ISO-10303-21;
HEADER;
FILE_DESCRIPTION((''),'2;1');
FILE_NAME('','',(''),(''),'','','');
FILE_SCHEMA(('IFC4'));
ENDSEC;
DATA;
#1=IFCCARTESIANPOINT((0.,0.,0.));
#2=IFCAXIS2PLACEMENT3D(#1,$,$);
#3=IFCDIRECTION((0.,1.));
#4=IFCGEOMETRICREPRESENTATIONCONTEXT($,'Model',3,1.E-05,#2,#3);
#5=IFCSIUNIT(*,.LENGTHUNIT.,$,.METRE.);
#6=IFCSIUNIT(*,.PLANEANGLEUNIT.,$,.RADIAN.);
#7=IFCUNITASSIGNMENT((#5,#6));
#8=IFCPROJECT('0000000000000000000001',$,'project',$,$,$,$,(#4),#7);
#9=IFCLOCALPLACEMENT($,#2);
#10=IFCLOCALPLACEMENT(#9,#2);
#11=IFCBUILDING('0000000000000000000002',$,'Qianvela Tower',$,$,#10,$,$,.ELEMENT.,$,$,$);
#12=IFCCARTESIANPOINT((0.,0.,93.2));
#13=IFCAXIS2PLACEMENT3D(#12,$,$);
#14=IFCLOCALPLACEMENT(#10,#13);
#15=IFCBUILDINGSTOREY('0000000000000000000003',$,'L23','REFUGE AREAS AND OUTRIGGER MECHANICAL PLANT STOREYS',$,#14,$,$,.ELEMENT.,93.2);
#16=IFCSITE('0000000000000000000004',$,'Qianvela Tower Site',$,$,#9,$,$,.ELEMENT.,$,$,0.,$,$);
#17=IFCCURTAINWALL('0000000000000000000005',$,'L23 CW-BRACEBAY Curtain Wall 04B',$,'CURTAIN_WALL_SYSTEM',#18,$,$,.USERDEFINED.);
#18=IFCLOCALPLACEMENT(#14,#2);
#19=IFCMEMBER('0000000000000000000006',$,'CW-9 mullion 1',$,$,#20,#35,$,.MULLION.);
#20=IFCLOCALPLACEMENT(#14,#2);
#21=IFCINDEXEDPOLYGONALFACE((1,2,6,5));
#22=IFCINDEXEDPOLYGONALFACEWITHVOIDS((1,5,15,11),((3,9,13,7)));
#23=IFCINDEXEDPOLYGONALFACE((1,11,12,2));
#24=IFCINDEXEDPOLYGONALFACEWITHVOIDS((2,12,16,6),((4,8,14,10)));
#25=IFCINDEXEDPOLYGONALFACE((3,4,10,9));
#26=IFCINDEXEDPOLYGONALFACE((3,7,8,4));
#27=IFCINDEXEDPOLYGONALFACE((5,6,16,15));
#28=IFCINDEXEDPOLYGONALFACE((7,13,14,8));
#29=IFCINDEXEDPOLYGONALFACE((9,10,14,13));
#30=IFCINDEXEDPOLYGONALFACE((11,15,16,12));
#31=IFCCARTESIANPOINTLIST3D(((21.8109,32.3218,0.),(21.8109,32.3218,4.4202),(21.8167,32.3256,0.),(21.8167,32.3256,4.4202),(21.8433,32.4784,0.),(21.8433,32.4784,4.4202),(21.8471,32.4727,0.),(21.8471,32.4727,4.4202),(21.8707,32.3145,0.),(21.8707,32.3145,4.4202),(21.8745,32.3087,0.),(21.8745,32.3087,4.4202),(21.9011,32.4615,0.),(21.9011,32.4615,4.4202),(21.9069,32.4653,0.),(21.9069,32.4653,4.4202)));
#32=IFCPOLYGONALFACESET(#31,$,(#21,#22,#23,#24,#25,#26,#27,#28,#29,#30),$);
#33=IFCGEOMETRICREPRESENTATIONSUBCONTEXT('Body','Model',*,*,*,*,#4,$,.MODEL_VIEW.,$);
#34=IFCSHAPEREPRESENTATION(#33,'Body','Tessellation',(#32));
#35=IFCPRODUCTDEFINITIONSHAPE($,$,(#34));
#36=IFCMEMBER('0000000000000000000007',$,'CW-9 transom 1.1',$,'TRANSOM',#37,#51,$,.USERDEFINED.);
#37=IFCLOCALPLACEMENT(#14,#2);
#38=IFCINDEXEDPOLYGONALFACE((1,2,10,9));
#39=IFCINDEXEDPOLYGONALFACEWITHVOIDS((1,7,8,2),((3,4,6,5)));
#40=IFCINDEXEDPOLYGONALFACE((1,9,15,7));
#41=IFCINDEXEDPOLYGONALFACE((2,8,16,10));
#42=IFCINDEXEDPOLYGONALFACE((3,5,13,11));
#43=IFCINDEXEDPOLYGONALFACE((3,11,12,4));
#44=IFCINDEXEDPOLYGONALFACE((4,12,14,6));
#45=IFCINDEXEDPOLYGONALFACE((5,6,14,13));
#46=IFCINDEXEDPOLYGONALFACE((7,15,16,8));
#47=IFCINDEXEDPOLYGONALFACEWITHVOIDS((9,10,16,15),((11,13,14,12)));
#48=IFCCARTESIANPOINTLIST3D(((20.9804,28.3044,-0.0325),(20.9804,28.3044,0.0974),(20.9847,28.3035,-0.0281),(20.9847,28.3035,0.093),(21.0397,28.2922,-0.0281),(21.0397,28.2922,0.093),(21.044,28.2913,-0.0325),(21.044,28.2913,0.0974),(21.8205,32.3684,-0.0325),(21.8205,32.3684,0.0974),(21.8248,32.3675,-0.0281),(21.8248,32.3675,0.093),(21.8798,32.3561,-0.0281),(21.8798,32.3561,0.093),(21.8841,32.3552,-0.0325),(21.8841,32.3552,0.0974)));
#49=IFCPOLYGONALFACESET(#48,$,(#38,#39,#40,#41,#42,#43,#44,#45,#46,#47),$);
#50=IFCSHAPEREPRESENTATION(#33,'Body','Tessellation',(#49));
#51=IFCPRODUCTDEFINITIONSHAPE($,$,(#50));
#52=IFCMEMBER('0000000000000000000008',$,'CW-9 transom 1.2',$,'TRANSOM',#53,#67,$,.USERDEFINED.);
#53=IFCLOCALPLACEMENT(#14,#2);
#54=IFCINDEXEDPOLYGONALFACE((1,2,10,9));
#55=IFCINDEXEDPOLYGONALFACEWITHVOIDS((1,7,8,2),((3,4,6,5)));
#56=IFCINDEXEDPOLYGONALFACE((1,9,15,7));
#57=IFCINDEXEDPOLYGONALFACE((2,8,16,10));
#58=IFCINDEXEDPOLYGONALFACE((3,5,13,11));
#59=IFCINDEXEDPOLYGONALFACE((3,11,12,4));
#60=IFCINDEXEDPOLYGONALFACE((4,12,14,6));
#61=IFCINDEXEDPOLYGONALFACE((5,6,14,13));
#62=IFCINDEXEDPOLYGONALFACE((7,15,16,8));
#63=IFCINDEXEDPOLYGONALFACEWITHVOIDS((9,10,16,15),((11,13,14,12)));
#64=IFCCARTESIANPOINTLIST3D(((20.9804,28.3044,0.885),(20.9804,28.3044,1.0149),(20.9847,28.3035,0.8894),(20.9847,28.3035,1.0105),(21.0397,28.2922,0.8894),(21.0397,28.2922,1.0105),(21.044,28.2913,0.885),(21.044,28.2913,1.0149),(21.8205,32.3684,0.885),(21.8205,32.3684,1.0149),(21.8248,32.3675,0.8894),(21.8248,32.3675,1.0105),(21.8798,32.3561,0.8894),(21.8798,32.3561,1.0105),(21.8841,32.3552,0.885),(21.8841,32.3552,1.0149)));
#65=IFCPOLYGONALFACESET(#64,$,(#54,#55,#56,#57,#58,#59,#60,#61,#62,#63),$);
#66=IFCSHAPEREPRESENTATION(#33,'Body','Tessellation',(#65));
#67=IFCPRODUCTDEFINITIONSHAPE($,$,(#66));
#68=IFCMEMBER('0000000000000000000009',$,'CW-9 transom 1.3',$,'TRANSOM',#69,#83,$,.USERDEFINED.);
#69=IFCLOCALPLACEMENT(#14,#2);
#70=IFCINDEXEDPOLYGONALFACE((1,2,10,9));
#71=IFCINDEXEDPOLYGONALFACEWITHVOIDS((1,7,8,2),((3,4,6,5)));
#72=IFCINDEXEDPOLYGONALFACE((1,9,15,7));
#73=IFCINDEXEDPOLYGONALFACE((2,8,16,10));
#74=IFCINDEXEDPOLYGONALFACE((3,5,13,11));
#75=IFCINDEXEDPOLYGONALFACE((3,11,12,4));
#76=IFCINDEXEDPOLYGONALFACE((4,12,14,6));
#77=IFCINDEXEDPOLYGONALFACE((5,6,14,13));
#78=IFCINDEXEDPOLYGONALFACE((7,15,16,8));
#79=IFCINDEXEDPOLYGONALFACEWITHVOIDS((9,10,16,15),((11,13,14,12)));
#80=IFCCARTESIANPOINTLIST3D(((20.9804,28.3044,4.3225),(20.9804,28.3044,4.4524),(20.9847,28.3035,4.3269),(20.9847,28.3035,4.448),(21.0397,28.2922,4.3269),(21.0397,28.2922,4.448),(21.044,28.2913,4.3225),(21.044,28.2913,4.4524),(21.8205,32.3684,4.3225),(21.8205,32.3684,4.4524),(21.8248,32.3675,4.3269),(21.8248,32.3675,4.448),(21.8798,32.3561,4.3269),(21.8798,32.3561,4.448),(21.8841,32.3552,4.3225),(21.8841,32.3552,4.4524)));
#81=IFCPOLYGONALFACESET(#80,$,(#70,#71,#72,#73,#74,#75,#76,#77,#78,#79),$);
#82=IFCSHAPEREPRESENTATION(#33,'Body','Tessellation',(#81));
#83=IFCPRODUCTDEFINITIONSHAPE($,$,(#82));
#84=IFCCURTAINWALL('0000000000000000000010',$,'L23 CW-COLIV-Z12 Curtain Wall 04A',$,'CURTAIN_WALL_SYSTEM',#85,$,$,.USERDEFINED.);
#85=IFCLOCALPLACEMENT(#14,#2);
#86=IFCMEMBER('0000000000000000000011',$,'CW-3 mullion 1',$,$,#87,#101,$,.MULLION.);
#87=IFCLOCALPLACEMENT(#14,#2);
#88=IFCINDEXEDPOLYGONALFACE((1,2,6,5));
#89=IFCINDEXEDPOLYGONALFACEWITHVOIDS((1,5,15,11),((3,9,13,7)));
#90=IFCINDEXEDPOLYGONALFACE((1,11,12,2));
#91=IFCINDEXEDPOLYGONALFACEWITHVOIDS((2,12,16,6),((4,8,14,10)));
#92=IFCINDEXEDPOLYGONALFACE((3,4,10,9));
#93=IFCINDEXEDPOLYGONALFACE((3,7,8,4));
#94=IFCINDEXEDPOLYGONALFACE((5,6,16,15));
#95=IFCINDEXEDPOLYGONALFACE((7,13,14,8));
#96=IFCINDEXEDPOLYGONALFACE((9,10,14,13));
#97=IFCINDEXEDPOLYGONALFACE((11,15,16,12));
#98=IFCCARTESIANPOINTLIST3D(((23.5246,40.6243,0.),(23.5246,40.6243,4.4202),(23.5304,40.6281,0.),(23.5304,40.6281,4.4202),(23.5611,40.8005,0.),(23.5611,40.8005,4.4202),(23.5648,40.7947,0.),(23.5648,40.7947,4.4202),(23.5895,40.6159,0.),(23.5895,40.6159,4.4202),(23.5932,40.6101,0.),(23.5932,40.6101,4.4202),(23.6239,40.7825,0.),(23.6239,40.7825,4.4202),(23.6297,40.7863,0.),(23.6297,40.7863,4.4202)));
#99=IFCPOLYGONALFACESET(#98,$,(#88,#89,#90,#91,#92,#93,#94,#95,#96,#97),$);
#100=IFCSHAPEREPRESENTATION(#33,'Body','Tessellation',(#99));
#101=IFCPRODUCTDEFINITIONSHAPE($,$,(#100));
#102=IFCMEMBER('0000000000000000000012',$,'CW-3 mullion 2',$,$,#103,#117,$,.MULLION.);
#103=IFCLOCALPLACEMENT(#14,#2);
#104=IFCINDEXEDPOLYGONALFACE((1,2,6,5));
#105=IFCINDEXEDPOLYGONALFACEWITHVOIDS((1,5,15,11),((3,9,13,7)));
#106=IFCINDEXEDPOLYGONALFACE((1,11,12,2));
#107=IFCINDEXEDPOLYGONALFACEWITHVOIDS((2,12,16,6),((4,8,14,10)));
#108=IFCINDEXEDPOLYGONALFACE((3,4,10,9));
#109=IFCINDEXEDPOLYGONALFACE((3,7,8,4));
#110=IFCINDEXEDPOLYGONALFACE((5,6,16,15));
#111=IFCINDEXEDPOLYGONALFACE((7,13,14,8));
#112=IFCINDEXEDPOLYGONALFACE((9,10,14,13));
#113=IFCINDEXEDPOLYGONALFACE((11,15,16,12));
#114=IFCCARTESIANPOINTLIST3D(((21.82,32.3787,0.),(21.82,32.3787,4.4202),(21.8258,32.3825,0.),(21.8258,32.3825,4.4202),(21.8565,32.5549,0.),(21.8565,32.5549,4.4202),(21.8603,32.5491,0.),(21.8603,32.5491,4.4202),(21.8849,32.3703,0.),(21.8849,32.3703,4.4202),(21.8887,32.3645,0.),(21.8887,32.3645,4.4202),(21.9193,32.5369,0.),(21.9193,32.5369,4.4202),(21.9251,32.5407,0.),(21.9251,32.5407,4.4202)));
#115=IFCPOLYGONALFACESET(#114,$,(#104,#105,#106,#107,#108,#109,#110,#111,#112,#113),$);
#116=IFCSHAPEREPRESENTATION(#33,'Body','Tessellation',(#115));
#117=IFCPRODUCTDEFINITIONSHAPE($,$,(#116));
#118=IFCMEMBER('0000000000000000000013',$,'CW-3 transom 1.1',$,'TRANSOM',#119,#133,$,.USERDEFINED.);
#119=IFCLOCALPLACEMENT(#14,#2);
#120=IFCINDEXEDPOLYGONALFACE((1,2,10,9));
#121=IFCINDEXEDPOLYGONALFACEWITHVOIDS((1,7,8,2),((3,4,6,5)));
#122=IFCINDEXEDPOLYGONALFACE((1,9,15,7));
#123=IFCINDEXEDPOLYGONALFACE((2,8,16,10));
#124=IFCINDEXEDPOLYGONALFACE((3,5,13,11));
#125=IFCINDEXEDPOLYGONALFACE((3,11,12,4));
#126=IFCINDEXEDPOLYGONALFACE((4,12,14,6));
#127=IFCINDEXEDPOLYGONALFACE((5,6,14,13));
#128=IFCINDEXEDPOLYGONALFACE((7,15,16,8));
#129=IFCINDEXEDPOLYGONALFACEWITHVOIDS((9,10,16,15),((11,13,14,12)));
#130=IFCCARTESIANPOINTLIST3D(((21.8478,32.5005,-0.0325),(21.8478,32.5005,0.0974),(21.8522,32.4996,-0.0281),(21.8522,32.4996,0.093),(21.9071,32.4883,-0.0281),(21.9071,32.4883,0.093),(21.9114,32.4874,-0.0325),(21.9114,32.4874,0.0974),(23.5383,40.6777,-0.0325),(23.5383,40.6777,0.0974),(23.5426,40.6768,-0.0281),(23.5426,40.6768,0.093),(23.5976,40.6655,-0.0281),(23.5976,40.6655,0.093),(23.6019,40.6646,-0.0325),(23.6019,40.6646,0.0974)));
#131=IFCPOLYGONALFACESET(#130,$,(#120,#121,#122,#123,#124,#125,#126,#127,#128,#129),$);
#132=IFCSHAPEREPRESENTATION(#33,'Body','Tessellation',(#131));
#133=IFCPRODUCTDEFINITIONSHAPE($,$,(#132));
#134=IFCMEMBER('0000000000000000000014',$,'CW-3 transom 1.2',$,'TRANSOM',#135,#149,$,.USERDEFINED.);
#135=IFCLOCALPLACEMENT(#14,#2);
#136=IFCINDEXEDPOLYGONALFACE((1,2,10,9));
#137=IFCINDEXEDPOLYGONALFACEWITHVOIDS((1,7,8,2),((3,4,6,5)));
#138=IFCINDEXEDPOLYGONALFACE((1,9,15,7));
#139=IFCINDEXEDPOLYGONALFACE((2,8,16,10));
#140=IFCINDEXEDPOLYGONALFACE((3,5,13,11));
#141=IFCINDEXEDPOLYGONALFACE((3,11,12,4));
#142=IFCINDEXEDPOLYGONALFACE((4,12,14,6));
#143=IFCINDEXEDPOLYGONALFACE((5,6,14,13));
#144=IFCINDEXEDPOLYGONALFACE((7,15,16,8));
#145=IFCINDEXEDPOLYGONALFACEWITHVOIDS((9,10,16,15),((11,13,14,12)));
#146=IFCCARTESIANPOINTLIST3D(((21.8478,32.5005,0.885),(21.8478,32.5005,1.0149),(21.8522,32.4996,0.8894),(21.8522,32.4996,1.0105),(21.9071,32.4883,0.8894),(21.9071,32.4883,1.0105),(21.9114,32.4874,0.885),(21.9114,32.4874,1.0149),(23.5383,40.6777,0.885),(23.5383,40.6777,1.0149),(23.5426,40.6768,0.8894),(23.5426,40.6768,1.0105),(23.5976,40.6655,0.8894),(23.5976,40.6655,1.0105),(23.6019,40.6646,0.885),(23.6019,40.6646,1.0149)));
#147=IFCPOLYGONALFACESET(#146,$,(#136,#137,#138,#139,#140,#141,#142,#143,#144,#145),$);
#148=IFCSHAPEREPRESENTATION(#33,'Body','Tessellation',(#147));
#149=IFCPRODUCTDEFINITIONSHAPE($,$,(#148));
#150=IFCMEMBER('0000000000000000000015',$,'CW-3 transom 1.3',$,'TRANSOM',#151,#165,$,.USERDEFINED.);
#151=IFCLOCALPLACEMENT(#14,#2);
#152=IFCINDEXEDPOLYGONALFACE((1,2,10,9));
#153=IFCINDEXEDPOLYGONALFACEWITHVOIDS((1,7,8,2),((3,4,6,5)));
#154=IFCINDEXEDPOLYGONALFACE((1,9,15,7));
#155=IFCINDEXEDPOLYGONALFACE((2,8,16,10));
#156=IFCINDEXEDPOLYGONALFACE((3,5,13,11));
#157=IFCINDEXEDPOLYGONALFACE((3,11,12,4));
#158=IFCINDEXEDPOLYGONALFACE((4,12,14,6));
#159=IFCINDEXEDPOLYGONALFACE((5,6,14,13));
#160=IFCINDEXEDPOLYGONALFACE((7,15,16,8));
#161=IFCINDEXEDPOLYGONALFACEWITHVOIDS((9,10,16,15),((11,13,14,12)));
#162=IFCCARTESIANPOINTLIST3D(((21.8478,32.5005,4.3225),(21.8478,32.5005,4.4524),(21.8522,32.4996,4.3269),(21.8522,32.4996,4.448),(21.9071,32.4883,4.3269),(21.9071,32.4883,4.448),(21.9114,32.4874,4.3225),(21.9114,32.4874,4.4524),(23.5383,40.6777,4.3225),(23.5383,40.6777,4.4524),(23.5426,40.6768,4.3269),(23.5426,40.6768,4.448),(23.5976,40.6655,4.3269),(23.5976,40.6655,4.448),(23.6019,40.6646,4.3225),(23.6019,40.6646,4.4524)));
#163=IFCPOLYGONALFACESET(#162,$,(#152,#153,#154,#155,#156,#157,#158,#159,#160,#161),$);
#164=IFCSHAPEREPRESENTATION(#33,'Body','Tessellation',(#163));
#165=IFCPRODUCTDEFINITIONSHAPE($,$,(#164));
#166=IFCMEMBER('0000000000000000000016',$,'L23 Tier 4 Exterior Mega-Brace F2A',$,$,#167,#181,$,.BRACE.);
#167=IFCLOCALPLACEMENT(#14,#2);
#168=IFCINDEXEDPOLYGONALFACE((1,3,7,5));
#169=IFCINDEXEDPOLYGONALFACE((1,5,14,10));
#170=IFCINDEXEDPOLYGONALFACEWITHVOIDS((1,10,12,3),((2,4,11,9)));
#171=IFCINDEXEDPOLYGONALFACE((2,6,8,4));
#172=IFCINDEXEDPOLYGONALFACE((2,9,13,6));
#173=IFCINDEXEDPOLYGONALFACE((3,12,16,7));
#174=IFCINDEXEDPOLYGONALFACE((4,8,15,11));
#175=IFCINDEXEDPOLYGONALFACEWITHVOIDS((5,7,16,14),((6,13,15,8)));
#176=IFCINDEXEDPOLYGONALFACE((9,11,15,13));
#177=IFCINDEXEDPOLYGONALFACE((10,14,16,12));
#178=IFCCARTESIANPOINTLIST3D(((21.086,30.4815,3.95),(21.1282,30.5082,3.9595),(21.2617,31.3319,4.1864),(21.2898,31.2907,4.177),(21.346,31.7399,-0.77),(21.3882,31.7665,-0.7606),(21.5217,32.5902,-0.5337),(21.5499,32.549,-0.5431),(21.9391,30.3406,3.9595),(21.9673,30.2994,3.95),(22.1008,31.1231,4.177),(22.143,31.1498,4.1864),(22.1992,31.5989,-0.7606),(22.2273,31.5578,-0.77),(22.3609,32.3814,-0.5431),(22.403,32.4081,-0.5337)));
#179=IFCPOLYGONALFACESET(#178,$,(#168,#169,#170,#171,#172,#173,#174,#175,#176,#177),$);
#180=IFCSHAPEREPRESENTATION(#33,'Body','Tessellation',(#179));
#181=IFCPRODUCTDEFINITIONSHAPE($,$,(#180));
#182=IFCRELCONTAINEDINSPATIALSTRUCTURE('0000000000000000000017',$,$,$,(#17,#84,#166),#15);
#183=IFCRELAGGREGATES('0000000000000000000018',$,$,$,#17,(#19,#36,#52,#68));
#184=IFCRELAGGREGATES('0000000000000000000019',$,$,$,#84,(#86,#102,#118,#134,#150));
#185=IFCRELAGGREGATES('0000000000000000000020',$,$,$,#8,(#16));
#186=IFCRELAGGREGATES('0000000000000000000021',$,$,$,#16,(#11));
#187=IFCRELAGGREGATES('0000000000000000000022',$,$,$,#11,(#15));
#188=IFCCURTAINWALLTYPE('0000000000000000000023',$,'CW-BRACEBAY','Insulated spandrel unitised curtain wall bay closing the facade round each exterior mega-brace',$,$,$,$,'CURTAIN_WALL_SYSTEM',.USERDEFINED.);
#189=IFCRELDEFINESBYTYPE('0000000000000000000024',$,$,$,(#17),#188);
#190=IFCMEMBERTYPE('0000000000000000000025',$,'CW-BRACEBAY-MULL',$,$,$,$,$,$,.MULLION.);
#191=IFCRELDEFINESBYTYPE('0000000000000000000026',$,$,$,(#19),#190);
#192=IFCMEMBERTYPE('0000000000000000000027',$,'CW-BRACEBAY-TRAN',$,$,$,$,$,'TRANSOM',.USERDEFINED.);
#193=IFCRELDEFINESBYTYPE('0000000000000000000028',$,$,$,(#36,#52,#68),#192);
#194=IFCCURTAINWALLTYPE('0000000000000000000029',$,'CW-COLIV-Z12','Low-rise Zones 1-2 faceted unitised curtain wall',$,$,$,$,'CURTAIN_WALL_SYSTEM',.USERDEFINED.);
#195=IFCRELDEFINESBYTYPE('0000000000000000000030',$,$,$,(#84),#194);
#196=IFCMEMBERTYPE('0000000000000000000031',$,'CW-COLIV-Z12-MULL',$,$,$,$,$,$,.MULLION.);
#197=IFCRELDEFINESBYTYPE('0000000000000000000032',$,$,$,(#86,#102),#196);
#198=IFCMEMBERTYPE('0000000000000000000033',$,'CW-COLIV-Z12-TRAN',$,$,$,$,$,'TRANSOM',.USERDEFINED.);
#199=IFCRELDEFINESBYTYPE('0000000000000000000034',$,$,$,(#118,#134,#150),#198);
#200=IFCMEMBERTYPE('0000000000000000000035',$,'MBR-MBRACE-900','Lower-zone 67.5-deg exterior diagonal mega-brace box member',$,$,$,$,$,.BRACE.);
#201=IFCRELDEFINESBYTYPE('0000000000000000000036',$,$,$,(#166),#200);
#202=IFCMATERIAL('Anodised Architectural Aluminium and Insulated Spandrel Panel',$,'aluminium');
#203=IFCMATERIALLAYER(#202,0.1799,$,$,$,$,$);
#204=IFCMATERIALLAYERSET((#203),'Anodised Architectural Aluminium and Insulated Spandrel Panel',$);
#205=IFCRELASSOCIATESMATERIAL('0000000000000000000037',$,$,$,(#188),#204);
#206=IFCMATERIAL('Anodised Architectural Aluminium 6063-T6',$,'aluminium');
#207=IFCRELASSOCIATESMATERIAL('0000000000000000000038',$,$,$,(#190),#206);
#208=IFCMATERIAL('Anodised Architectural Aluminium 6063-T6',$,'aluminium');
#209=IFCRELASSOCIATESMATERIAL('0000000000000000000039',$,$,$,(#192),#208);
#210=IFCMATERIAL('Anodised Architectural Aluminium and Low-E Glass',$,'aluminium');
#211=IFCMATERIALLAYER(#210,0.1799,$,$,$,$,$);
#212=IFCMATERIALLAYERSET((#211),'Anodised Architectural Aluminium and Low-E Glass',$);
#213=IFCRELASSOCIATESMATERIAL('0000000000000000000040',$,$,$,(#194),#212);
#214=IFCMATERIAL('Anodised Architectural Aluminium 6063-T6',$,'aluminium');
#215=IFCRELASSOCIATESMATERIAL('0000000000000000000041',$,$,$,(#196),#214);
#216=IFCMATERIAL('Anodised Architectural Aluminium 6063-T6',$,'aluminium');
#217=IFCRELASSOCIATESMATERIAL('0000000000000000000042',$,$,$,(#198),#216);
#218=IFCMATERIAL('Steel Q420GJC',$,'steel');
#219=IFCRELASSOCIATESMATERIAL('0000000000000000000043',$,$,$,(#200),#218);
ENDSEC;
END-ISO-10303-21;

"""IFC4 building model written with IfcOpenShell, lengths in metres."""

from ifc_helpers import new_model, si_unit, direction, frame, origin, origin_2d, place, context, subcontext, project, spatial, hollow_rectangle, extrude, material, layer, layer_set, material_profile, profile_set, type_object, element, aggregate, save


model = new_model("IFC4")

# Units and contexts
model_context = context("Model", 3, precision=1e-05, world=origin(), true_north=direction((0.0, 1.0)))
body_context = subcontext(model_context, "Body", "Model", "MODEL_VIEW")
ifc_project = project(units=[si_unit("LENGTHUNIT", "METRE"), si_unit("PLANEANGLEUNIT", "RADIAN")], contexts=[model_context])

# Site, building, storey
site_placement = place(None, origin())
site = spatial("IfcSite", under=ifc_project, at=site_placement, Name="Qianvela Tower Site", CompositionType="ELEMENT", RefElevation=0.0)
building_placement = place(site_placement, origin())
building = spatial("IfcBuilding", under=site, at=building_placement, Name="Qianvela Tower", CompositionType="ELEMENT")
storey_placement = place(building_placement, frame((0.0, 0.0, 93.2)))
storey = spatial("IfcBuildingStorey", under=building, at=storey_placement, Name="L23", Description="REFUGE AREAS AND OUTRIGGER MECHANICAL PLANT STOREYS", CompositionType="ELEMENT", Elevation=93.2)

# Curtain walls, members
ifc_material_1 = material(Name="Anodised Architectural Aluminium and Insulated Spandrel Panel", Category="aluminium")
ifc_layer_1 = layer(ifc_material_1, 0.1799)
ifc_layer_set_1 = layer_set([ifc_layer_1], Name="Anodised Architectural Aluminium and Insulated Spandrel Panel")
curtain_wall_type_1 = type_object("IfcCurtainWallType", Name="CW-BRACEBAY", Description="Insulated spandrel unitised curtain wall bay closing the facade round each exterior mega-brace", ElementType="CURTAIN_WALL_SYSTEM", PredefinedType="USERDEFINED", material=ifc_layer_set_1)
curtain_wall_1_placement = place(storey_placement, origin())
curtain_wall_1 = element("IfcCurtainWall", 1, at=curtain_wall_1_placement, inside=storey, type_object=curtain_wall_type_1, Name="L23 CW-BRACEBAY Curtain Wall 04B", ObjectType="CURTAIN_WALL_SYSTEM", PredefinedType="USERDEFINED")
ifc_material_2 = material(Name="Anodised Architectural Aluminium 6063-T6", Category="aluminium")
ifc_material_profile_1 = material_profile(ifc_material_2, hollow_rectangle(XDim=0.0649, YDim=0.1599, WallThickness=0.0049, at=origin_2d()), Name="ALU-MULL-65x160")
ifc_profile_set_1 = profile_set([ifc_material_profile_1], Name="Anodised Architectural Aluminium 6063-T6")
member_type_1 = type_object("IfcMemberType", Name="CW-BRACEBAY-MULL", PredefinedType="MULLION", material=ifc_profile_set_1)
member_1_placement = place(storey_placement, frame((21.8589, 32.3936, 0.0), z_axis=(0.0, 0.0, 1.0), x_axis=(0.979296, -0.202434, 0.0)))
member_1 = element("IfcMember", 2, at=member_1_placement, type_object=member_type_1, Name="CW-9 mullion 1", PredefinedType="MULLION", context=body_context, shape_type="SweptSolid", body=[
    extrude(hollow_rectangle(XDim=0.0649, YDim=0.1599, WallThickness=0.0049, at=origin_2d()), origin(), (0.0, 0.0, 1.0), 4.4202),
])
ifc_material_3 = material(Name="Anodised Architectural Aluminium 6063-T6", Category="aluminium")
ifc_material_profile_2 = material_profile(ifc_material_3, hollow_rectangle(XDim=0.0649, YDim=0.1299, WallThickness=0.0044, at=origin_2d()), Name="ALU-TRAN-65x130")
ifc_profile_set_2 = profile_set([ifc_material_profile_2], Name="Anodised Architectural Aluminium 6063-T6")
member_type_2 = type_object("IfcMemberType", Name="CW-BRACEBAY-TRAN", ElementType="TRANSOM", PredefinedType="USERDEFINED", material=ifc_profile_set_2)
member_2_placement = place(storey_placement, frame((21.8523, 32.3618, 0.0325), z_axis=(-0.202436, -0.979295, 0.0), x_axis=(0.979295, -0.202436, 0.0)))
member_2 = element("IfcMember", 3, at=member_2_placement, type_object=member_type_2, Name="CW-9 transom 1.1", ObjectType="TRANSOM", PredefinedType="USERDEFINED", context=body_context, shape_type="SweptSolid", body=[
    extrude(hollow_rectangle(XDim=0.0649, YDim=0.1299, WallThickness=0.0044, at=origin_2d()), origin(), (0.0, 0.0, 1.0), 4.1499),
])
member_3_placement = place(storey_placement, frame((21.8523, 32.3618, 0.95), z_axis=(-0.202436, -0.979295, 0.0), x_axis=(0.979295, -0.202436, 0.0)))
member_3 = element("IfcMember", 4, at=member_3_placement, type_object=member_type_2, Name="CW-9 transom 1.2", ObjectType="TRANSOM", PredefinedType="USERDEFINED", context=body_context, shape_type="SweptSolid", body=[
    extrude(hollow_rectangle(XDim=0.0649, YDim=0.1299, WallThickness=0.0044, at=origin_2d()), origin(), (0.0, 0.0, 1.0), 4.1499),
])
member_4_placement = place(storey_placement, frame((21.8523, 32.3618, 4.3875), z_axis=(-0.202436, -0.979295, 0.0), x_axis=(0.979295, -0.202436, 0.0)))
member_4 = element("IfcMember", 5, at=member_4_placement, type_object=member_type_2, Name="CW-9 transom 1.3", ObjectType="TRANSOM", PredefinedType="USERDEFINED", context=body_context, shape_type="SweptSolid", body=[
    extrude(hollow_rectangle(XDim=0.0649, YDim=0.1299, WallThickness=0.0044, at=origin_2d()), origin(), (0.0, 0.0, 1.0), 4.1499),
])
aggregate(curtain_wall_1, [member_1, member_2, member_3, member_4])
ifc_material_4 = material(Name="Anodised Architectural Aluminium and Low-E Glass", Category="aluminium")
ifc_layer_2 = layer(ifc_material_4, 0.1799)
ifc_layer_set_2 = layer_set([ifc_layer_2], Name="Anodised Architectural Aluminium and Low-E Glass")
curtain_wall_type_2 = type_object("IfcCurtainWallType", Name="CW-COLIV-Z12", Description="Low-rise Zones 1-2 faceted unitised curtain wall", ElementType="CURTAIN_WALL_SYSTEM", PredefinedType="USERDEFINED", material=ifc_layer_set_2)
curtain_wall_2_placement = place(storey_placement, origin())
curtain_wall_2 = element("IfcCurtainWall", 6, at=curtain_wall_2_placement, inside=storey, type_object=curtain_wall_type_2, Name="L23 CW-COLIV-Z12 Curtain Wall 04A", ObjectType="CURTAIN_WALL_SYSTEM", PredefinedType="USERDEFINED")
ifc_material_5 = material(Name="Anodised Architectural Aluminium 6063-T6", Category="aluminium")
ifc_material_profile_3 = material_profile(ifc_material_5, hollow_rectangle(XDim=0.0701, YDim=0.1799, WallThickness=0.0049, at=origin_2d()), Name="ALU-MULL-70x180")
ifc_profile_set_3 = profile_set([ifc_material_profile_3], Name="Anodised Architectural Aluminium 6063-T6")
member_type_3 = type_object("IfcMemberType", Name="CW-COLIV-Z12-MULL", PredefinedType="MULLION", material=ifc_profile_set_3)
member_5_placement = place(storey_placement, frame((23.5771, 40.7053, 0.0), z_axis=(0.0, 0.0, 1.0), x_axis=(0.979293, -0.20245, 0.0)))
member_5 = element("IfcMember", 7, at=member_5_placement, type_object=member_type_3, Name="CW-3 mullion 1", PredefinedType="MULLION", context=body_context, shape_type="SweptSolid", body=[
    extrude(hollow_rectangle(XDim=0.0701, YDim=0.1799, WallThickness=0.0049, at=origin_2d()), origin(), (0.0, 0.0, 1.0), 4.4202),
])
member_6_placement = place(storey_placement, frame((21.8726, 32.4597, 0.0), z_axis=(0.0, 0.0, 1.0), x_axis=(0.979293, -0.20245, 0.0)))
member_6 = element("IfcMember", 8, at=member_6_placement, type_object=member_type_3, Name="CW-3 mullion 2", PredefinedType="MULLION", context=body_context, shape_type="SweptSolid", body=[
    extrude(hollow_rectangle(XDim=0.0701, YDim=0.1799, WallThickness=0.0049, at=origin_2d()), origin(), (0.0, 0.0, 1.0), 4.4202),
])
ifc_material_6 = material(Name="Anodised Architectural Aluminium 6063-T6", Category="aluminium")
ifc_material_profile_4 = material_profile(ifc_material_6, hollow_rectangle(XDim=0.0649, YDim=0.1299, WallThickness=0.0044, at=origin_2d()), Name="ALU-TRAN-65x130")
ifc_profile_set_4 = profile_set([ifc_material_profile_4], Name="Anodised Architectural Aluminium 6063-T6")
member_type_4 = type_object("IfcMemberType", Name="CW-COLIV-Z12-TRAN", ElementType="TRANSOM", PredefinedType="USERDEFINED", material=ifc_profile_set_4)
member_7_placement = place(storey_placement, frame((23.5701, 40.6711, 0.0325), z_axis=(-0.202443, -0.979294, 0.0), x_axis=(0.979294, -0.202443, 0.0)))
member_7 = element("IfcMember", 9, at=member_7_placement, type_object=member_type_4, Name="CW-3 transom 1.1", ObjectType="TRANSOM", PredefinedType="USERDEFINED", context=body_context, shape_type="SweptSolid", body=[
    extrude(hollow_rectangle(XDim=0.0649, YDim=0.1299, WallThickness=0.0044, at=origin_2d()), origin(), (0.0, 0.0, 1.0), 8.3501),
])
member_8_placement = place(storey_placement, frame((23.5701, 40.6711, 0.95), z_axis=(-0.202443, -0.979294, 0.0), x_axis=(0.979294, -0.202443, 0.0)))
member_8 = element("IfcMember", 10, at=member_8_placement, type_object=member_type_4, Name="CW-3 transom 1.2", ObjectType="TRANSOM", PredefinedType="USERDEFINED", context=body_context, shape_type="SweptSolid", body=[
    extrude(hollow_rectangle(XDim=0.0649, YDim=0.1299, WallThickness=0.0044, at=origin_2d()), origin(), (0.0, 0.0, 1.0), 8.3501),
])
member_9_placement = place(storey_placement, frame((23.5701, 40.6711, 4.3875), z_axis=(-0.202443, -0.979294, 0.0), x_axis=(0.979294, -0.202443, 0.0)))
member_9 = element("IfcMember", 11, at=member_9_placement, type_object=member_type_4, Name="CW-3 transom 1.3", ObjectType="TRANSOM", PredefinedType="USERDEFINED", context=body_context, shape_type="SweptSolid", body=[
    extrude(hollow_rectangle(XDim=0.0649, YDim=0.1299, WallThickness=0.0044, at=origin_2d()), origin(), (0.0, 0.0, 1.0), 8.3501),
])

# Member
ifc_material_7 = material(Name="Steel Q420GJC", Category="steel")
ifc_material_profile_5 = material_profile(ifc_material_7, hollow_rectangle(XDim=0.8999, YDim=0.8999, WallThickness=0.0359, at=origin_2d()), Name="MBOX-900x900x36")
ifc_profile_set_5 = profile_set([ifc_material_profile_5], Name="Steel Q420GJC")
member_type_5 = type_object("IfcMemberType", Name="MBR-MBRACE-900", Description="Lower-zone 67.5-deg exterior diagonal mega-brace box member", PredefinedType="BRACE", material=ifc_profile_set_5)
member_10_placement = place(storey_placement, frame((21.8745, 32.074, -0.6519), z_axis=(-0.053153, -0.25723, 0.964887), x_axis=(0.979311, -0.202361, 0.0)))
element("IfcMember", 12, at=member_10_placement, inside=storey, type_object=member_type_5, Name="L23 Tier 4 Exterior Mega-Brace F2A", PredefinedType="BRACE", context=body_context, shape_type="SweptSolid", body=[
    extrude(hollow_rectangle(XDim=0.8999, YDim=0.8999, WallThickness=0.0359, at=origin_2d()), origin(), (0.0, 0.0, 1.0), 4.8918),
])

aggregate(curtain_wall_2, [member_5, member_6, member_7, member_8, member_9])

save(model, "model.ifc")
